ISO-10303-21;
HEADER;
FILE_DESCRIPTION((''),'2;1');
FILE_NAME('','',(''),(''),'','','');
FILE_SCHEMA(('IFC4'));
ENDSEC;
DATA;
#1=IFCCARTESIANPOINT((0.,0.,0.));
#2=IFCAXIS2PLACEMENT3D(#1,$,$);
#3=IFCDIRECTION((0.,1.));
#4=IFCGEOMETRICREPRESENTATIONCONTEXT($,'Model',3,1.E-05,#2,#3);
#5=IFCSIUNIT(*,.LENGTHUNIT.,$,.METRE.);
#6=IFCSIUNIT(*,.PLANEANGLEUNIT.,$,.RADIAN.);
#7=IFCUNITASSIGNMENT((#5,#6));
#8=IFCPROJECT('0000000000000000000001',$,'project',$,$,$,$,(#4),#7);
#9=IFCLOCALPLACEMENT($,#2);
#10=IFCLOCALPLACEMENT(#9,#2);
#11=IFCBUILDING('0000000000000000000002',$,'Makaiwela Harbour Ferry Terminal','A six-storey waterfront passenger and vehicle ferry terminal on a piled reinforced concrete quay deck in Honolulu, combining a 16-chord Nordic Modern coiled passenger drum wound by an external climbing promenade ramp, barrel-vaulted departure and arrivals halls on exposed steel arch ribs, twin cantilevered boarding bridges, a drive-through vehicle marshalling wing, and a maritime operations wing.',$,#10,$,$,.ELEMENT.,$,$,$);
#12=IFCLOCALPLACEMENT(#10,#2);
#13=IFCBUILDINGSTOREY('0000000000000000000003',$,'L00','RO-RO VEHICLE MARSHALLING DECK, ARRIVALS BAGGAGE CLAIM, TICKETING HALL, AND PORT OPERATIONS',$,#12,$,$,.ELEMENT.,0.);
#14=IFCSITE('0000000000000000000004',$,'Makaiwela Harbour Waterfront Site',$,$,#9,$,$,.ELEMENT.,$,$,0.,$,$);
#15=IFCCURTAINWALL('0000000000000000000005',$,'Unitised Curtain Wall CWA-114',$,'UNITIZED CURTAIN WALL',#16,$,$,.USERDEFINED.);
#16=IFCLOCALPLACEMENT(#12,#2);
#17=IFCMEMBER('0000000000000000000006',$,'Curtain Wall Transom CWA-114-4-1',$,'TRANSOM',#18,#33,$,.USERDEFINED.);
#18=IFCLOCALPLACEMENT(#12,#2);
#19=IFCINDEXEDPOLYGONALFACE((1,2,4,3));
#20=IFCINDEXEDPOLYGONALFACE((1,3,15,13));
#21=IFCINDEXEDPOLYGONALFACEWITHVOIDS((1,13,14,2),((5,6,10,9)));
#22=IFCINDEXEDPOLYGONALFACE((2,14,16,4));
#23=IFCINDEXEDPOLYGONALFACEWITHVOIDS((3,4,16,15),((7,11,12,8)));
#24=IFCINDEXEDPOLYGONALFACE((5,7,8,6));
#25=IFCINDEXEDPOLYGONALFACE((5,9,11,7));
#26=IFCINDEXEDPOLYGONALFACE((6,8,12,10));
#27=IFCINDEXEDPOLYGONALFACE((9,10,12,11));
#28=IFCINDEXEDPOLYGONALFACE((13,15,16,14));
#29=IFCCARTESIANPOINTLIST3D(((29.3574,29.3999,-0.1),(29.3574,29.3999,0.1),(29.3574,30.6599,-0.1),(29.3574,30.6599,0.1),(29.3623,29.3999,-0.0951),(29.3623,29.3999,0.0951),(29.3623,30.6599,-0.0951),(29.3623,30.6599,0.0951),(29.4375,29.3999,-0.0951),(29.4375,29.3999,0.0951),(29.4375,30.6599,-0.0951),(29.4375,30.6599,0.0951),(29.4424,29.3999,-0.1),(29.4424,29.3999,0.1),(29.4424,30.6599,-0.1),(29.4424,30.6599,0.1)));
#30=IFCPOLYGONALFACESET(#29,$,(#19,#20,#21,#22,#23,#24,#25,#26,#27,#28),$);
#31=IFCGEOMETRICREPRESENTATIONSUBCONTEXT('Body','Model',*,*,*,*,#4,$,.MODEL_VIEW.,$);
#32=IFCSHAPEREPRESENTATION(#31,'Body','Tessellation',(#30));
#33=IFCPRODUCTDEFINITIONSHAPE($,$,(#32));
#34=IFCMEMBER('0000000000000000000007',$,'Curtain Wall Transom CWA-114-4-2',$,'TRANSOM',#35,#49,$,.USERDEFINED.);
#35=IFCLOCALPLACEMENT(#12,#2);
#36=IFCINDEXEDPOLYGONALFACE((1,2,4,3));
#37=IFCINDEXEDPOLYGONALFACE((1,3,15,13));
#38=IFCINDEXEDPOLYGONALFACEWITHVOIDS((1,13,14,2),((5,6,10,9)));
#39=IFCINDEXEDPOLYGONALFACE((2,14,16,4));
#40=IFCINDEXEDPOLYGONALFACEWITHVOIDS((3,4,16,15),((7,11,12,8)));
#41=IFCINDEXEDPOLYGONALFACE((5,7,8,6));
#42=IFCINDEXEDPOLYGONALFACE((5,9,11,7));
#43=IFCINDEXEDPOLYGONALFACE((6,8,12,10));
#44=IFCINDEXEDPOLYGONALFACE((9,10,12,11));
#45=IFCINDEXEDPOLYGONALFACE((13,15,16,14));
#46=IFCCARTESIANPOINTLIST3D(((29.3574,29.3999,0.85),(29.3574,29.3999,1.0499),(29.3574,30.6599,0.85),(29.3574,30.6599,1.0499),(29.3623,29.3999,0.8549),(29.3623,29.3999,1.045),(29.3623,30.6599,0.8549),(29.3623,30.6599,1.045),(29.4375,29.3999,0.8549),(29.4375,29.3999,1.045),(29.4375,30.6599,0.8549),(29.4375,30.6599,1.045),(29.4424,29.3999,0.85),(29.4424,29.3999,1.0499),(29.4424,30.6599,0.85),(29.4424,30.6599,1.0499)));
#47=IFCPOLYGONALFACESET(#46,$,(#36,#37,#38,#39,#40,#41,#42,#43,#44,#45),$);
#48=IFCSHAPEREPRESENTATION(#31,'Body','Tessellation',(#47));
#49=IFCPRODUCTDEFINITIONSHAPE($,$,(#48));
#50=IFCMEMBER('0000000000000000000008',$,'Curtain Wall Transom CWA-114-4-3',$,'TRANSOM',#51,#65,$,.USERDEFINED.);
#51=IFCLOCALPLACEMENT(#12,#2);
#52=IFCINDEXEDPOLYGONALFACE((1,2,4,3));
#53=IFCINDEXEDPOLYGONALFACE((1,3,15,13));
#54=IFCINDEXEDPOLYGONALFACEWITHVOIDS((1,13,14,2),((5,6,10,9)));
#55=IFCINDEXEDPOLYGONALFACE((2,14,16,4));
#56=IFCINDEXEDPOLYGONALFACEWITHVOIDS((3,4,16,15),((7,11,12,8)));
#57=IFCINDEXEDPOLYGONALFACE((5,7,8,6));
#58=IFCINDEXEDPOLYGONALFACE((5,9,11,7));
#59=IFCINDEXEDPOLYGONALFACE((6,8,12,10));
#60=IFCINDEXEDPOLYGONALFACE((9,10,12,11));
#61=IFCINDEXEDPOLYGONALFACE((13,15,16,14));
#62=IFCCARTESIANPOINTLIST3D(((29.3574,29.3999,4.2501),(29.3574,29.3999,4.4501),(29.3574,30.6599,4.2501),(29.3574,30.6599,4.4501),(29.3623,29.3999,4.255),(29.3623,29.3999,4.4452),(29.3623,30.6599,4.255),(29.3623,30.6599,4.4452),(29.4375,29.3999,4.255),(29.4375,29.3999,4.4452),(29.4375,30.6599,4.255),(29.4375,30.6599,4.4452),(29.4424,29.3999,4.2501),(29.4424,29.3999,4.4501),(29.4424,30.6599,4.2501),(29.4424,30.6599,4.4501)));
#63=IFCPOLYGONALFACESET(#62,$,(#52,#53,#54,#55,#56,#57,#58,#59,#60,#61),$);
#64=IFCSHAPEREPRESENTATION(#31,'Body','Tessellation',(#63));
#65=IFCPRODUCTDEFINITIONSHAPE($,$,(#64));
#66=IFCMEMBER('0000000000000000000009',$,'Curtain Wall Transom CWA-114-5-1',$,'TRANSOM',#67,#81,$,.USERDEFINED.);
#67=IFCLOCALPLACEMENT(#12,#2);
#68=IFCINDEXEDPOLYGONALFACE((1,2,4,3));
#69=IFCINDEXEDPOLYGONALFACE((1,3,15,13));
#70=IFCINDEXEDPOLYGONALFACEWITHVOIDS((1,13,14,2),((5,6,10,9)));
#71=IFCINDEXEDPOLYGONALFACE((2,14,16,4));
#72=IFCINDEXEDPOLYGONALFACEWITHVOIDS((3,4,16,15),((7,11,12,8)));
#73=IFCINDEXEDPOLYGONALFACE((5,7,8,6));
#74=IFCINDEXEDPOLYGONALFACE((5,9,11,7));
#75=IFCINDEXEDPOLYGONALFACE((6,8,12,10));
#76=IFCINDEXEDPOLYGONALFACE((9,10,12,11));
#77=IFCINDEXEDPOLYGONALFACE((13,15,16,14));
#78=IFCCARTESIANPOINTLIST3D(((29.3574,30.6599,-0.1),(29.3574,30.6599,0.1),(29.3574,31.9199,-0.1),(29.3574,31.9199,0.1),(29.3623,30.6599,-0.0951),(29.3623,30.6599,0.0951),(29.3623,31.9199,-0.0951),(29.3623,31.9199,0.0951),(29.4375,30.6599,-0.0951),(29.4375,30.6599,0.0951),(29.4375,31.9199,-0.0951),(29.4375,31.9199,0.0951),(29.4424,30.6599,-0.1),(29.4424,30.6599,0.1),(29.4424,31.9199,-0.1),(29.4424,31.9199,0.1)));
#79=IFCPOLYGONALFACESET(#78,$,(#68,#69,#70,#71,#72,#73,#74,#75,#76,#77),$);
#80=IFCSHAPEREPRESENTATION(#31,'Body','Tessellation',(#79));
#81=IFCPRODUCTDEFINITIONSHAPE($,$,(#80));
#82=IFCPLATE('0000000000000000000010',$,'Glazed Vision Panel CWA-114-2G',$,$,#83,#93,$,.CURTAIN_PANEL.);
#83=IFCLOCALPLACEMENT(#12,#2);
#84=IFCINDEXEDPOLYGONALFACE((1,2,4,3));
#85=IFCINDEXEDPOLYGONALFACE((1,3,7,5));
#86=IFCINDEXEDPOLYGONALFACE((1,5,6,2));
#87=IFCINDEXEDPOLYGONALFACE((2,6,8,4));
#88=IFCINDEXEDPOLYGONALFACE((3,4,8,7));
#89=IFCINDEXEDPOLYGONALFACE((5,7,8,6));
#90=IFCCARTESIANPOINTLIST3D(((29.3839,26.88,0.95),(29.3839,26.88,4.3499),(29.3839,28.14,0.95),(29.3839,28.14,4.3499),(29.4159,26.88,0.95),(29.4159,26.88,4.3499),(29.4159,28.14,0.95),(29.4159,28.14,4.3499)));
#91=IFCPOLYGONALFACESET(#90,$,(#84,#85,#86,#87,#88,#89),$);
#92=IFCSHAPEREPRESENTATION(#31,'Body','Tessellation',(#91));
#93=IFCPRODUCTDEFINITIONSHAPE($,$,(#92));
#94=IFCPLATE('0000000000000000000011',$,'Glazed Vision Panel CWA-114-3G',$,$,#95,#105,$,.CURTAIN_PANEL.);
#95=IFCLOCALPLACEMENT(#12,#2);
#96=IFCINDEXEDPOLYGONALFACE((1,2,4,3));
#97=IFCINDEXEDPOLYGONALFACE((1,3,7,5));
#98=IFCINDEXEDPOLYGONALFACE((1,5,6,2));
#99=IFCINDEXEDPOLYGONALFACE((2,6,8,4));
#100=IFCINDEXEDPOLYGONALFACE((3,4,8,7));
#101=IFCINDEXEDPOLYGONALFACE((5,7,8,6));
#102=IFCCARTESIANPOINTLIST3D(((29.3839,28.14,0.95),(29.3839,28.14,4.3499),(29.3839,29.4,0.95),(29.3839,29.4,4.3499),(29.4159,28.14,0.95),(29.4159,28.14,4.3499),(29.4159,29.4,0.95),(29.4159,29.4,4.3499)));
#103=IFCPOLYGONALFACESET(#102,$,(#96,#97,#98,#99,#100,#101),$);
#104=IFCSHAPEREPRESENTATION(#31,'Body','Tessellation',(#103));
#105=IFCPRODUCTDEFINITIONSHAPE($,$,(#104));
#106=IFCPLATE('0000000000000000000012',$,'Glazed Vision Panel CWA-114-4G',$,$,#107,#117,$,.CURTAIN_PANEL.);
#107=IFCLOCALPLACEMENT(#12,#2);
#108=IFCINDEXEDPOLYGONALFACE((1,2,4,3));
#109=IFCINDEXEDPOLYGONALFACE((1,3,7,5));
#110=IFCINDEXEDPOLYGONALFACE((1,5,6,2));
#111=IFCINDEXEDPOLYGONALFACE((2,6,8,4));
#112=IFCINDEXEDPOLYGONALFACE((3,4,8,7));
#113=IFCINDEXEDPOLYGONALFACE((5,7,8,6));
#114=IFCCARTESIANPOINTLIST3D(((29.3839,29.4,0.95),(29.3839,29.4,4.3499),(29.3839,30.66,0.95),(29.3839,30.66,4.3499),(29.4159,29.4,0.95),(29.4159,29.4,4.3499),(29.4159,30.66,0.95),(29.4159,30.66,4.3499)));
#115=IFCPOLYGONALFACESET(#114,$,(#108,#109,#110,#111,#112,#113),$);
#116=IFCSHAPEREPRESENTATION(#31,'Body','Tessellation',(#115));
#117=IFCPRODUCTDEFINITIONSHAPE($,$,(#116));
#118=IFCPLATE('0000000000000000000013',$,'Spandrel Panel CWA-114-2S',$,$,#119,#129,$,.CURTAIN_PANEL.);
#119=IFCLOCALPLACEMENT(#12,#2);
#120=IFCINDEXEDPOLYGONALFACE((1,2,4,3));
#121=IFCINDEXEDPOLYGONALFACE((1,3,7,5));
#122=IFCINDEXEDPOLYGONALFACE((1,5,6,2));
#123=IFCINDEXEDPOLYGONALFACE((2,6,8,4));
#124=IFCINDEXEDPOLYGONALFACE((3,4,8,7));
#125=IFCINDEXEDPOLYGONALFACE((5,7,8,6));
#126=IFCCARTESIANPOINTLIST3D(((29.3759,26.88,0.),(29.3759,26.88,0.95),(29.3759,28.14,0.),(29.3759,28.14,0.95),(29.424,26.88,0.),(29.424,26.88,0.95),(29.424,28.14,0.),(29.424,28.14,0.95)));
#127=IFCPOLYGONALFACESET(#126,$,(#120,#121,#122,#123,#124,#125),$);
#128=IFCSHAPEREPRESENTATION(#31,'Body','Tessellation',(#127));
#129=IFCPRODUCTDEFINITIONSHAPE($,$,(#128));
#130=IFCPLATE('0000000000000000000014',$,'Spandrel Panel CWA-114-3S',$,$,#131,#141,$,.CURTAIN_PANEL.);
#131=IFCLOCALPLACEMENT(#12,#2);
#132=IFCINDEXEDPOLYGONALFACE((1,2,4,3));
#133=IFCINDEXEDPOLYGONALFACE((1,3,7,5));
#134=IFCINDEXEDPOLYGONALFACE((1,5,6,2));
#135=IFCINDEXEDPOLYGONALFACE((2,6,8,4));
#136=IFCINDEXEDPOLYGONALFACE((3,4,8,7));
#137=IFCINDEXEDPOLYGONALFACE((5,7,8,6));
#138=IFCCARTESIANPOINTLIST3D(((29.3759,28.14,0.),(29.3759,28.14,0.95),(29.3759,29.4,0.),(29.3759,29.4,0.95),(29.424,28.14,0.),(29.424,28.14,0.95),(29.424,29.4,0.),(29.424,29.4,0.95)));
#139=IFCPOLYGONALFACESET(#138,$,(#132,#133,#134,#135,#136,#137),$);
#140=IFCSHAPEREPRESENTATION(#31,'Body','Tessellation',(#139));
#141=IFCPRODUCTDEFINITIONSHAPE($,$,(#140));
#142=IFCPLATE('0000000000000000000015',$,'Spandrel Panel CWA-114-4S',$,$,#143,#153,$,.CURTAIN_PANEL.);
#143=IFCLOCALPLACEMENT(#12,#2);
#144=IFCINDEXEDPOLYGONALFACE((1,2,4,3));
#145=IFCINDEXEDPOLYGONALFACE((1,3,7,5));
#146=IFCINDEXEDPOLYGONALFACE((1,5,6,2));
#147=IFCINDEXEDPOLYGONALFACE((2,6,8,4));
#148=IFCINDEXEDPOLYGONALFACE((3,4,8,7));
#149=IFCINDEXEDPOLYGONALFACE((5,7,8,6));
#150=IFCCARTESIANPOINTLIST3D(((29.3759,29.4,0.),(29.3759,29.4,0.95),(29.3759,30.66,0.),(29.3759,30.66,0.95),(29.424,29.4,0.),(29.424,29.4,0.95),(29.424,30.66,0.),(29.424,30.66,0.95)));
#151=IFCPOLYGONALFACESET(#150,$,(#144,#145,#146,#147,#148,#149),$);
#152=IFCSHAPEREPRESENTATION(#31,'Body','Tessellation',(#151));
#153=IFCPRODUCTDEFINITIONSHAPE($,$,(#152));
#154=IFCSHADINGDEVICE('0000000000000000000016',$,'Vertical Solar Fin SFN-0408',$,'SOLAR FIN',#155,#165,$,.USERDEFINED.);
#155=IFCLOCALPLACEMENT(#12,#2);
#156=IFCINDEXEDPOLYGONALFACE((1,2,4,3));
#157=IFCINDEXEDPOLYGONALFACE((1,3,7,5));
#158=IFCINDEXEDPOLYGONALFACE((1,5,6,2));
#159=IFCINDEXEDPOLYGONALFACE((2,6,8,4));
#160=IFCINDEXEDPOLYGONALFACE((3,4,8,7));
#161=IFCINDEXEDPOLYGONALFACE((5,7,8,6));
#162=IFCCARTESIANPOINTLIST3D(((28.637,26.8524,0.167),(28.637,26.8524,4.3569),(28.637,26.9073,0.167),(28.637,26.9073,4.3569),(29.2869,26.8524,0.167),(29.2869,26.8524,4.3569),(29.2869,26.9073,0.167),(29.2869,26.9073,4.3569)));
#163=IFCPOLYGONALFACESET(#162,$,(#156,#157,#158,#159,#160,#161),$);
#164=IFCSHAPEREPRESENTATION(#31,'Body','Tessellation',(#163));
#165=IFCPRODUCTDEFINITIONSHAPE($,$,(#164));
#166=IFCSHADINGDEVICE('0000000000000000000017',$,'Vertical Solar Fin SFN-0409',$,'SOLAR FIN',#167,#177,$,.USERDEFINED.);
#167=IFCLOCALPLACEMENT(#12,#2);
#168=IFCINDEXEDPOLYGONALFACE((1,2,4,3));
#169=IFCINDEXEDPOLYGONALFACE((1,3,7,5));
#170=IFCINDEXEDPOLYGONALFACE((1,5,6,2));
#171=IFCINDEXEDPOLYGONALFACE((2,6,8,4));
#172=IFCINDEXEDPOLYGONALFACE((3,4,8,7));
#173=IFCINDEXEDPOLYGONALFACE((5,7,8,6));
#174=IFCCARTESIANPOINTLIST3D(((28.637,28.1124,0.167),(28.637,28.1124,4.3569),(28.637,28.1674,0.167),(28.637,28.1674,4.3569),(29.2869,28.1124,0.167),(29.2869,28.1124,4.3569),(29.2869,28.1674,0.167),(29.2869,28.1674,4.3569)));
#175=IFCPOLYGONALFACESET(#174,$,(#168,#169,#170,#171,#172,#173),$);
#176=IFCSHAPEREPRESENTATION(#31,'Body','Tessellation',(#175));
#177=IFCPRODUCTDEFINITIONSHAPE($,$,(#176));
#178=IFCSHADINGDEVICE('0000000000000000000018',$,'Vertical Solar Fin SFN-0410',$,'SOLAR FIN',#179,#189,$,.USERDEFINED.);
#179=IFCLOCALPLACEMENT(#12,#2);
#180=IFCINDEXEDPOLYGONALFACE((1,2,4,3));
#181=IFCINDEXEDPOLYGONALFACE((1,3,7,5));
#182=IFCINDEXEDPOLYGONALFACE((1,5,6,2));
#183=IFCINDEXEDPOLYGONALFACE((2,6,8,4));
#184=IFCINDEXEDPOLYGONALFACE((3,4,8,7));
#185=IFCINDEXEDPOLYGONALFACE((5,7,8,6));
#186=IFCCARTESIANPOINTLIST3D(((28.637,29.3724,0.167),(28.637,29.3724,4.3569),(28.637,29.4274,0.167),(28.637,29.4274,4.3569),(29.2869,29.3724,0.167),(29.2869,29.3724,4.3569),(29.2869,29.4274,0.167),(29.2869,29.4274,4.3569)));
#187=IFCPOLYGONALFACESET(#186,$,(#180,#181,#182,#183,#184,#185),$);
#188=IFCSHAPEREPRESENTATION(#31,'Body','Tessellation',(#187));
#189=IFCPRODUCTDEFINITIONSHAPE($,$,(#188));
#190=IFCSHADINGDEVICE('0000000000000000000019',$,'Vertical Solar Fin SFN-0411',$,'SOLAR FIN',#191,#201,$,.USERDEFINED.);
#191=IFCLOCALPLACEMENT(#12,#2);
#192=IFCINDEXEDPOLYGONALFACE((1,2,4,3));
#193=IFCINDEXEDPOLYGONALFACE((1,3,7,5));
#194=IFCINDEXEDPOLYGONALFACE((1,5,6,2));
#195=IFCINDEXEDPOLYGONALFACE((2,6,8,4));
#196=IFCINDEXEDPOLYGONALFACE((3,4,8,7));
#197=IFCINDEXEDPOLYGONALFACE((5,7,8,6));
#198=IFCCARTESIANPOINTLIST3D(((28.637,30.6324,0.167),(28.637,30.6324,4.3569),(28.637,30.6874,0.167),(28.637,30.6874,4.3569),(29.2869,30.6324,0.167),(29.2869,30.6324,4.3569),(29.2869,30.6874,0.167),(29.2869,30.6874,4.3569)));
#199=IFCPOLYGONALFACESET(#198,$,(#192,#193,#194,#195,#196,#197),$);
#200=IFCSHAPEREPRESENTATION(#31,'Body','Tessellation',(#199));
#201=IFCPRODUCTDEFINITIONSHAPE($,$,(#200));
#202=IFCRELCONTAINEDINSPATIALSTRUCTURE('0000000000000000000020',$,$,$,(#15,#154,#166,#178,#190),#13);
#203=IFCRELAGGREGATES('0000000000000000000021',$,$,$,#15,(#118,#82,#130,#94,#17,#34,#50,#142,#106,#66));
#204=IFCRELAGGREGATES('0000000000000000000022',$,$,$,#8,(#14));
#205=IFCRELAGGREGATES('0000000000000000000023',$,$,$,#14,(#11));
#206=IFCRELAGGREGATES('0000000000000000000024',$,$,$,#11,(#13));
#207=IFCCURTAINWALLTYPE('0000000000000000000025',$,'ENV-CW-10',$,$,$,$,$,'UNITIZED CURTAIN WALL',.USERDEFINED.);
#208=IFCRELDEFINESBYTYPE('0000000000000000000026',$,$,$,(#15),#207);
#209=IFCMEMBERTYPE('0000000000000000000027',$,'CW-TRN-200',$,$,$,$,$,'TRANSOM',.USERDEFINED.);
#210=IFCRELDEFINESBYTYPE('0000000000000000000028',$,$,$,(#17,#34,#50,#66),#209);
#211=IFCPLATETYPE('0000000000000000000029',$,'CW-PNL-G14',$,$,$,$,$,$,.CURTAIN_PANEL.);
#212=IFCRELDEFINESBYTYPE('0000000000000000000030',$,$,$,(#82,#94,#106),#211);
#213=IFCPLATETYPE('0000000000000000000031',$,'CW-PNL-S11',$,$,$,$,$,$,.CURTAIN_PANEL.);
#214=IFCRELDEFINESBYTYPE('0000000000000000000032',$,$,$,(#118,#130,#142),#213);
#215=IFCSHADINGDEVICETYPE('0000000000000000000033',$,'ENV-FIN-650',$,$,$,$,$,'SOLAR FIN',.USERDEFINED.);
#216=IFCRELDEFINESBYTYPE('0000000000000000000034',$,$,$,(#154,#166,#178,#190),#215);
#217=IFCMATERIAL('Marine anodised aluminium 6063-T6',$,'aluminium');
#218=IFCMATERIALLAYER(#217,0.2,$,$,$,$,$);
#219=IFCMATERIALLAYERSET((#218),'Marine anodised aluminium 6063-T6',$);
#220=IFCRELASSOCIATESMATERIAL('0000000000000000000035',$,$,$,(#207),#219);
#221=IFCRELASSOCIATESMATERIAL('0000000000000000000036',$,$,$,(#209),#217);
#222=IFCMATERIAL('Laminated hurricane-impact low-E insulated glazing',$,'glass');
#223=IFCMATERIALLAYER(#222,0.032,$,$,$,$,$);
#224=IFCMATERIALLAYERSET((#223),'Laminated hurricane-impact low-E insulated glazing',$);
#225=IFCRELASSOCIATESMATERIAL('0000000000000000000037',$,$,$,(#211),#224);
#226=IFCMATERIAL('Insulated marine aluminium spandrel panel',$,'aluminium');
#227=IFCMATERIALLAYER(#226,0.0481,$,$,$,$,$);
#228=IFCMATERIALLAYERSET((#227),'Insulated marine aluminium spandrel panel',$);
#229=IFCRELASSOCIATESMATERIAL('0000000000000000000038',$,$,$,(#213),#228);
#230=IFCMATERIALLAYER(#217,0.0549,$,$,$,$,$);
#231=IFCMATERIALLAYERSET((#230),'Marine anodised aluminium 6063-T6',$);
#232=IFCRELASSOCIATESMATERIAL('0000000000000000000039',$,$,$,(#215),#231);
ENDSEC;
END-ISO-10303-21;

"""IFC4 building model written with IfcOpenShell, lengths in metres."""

from ifc_helpers import new_model, si_unit, direction, frame, origin, origin_2d, place, context, subcontext, project, spatial, rectangle, hollow_rectangle, extrude, material, layer, layer_set, material_profile, profile_set, type_object, element, aggregate, save


model = new_model("IFC4")

# Units and contexts
model_context = context("Model", 3, precision=1e-05, world=origin(), true_north=direction((0.0, 1.0)))
body_context = subcontext(model_context, "Body", "Model", "MODEL_VIEW")
ifc_project = project(units=[si_unit("LENGTHUNIT", "METRE"), si_unit("PLANEANGLEUNIT", "RADIAN")], contexts=[model_context])

# Site, building, storey
site_placement = place(None, origin())
site = spatial("IfcSite", under=ifc_project, at=site_placement, Name="Makaiwela Harbour Waterfront Site", CompositionType="ELEMENT", RefElevation=0.0)
building_placement = place(site_placement, origin())
building = spatial("IfcBuilding", under=site, at=building_placement, Name="Makaiwela Harbour Ferry Terminal", Description="A six-storey waterfront passenger and vehicle ferry terminal on a piled reinforced concrete quay deck in Honolulu, combining a 16-chord Nordic Modern coiled passenger drum wound by an external climbing promenade ramp, barrel-vaulted departure and arrivals halls on exposed steel arch ribs, twin cantilevered boarding bridges, a drive-through vehicle marshalling wing, and a maritime operations wing.", CompositionType="ELEMENT")
storey_placement = place(building_placement, origin())
storey = spatial("IfcBuildingStorey", under=building, at=storey_placement, Name="L00", Description="RO-RO VEHICLE MARSHALLING DECK, ARRIVALS BAGGAGE CLAIM, TICKETING HALL, AND PORT OPERATIONS", CompositionType="ELEMENT", Elevation=0.0)

# Curtain wall, members, plates
ifc_material_1 = material(Name="Marine anodised aluminium 6063-T6", Category="aluminium")
ifc_layer_1 = layer(ifc_material_1, 0.2)
ifc_layer_set_1 = layer_set([ifc_layer_1], Name="Marine anodised aluminium 6063-T6")
curtain_wall_type = type_object("IfcCurtainWallType", Name="ENV-CW-10", ElementType="UNITIZED CURTAIN WALL", PredefinedType="USERDEFINED", material=ifc_layer_set_1)
curtain_wall_placement = place(storey_placement, origin())
curtain_wall = element("IfcCurtainWall", 1, at=curtain_wall_placement, inside=storey, type_object=curtain_wall_type, Name="Unitised Curtain Wall CWA-114", ObjectType="UNITIZED CURTAIN WALL", PredefinedType="USERDEFINED")
ifc_material_profile_1 = material_profile(ifc_material_1, hollow_rectangle(XDim=0.085, YDim=0.2, WallThickness=0.0049, at=origin_2d()), Name="CWT-200X85")
ifc_profile_set_1 = profile_set([ifc_material_profile_1], Name="Marine anodised aluminium 6063-T6")
member_type_1 = type_object("IfcMemberType", Name="CW-TRN-200", ElementType="TRANSOM", PredefinedType="USERDEFINED", material=ifc_profile_set_1)
member_1_placement = place(storey_placement, frame((29.3999, 29.3999, 0.0), z_axis=(0.0, 1.0, 0.0), x_axis=(-1.0, 0.0, 0.0)))
member_1 = element("IfcMember", 2, at=member_1_placement, type_object=member_type_1, Name="Curtain Wall Transom CWA-114-4-1", ObjectType="TRANSOM", PredefinedType="USERDEFINED", context=body_context, shape_type="SweptSolid", body=[
    extrude(hollow_rectangle(XDim=0.085, YDim=0.2, WallThickness=0.0049, at=origin_2d()), origin(), (0.0, 0.0, 1.0), 1.26),
])
member_2_placement = place(storey_placement, frame((29.3999, 29.3999, 0.95), z_axis=(0.0, 1.0, 0.0), x_axis=(-1.0, 0.0, 0.0)))
member_2 = element("IfcMember", 3, at=member_2_placement, type_object=member_type_1, Name="Curtain Wall Transom CWA-114-4-2", ObjectType="TRANSOM", PredefinedType="USERDEFINED", context=body_context, shape_type="SweptSolid", body=[
    extrude(hollow_rectangle(XDim=0.085, YDim=0.2, WallThickness=0.0049, at=origin_2d()), origin(), (0.0, 0.0, 1.0), 1.26),
])
member_3_placement = place(storey_placement, frame((29.3999, 29.3999, 4.3501), z_axis=(0.0, 1.0, 0.0), x_axis=(-1.0, 0.0, 0.0)))
member_3 = element("IfcMember", 4, at=member_3_placement, type_object=member_type_1, Name="Curtain Wall Transom CWA-114-4-3", ObjectType="TRANSOM", PredefinedType="USERDEFINED", context=body_context, shape_type="SweptSolid", body=[
    extrude(hollow_rectangle(XDim=0.085, YDim=0.2, WallThickness=0.0049, at=origin_2d()), origin(), (0.0, 0.0, 1.0), 1.26),
])
member_4_placement = place(storey_placement, frame((29.3999, 30.6599, 0.0), z_axis=(0.0, 1.0, 0.0), x_axis=(-1.0, 0.0, 0.0)))
member_4 = element("IfcMember", 5, at=member_4_placement, type_object=member_type_1, Name="Curtain Wall Transom CWA-114-5-1", ObjectType="TRANSOM", PredefinedType="USERDEFINED", context=body_context, shape_type="SweptSolid", body=[
    extrude(hollow_rectangle(XDim=0.085, YDim=0.2, WallThickness=0.0049, at=origin_2d()), origin(), (0.0, 0.0, 1.0), 1.26),
])
ifc_material_2 = material(Name="Laminated hurricane-impact low-E insulated glazing", Category="glass")
ifc_layer_2 = layer(ifc_material_2, 0.032)
ifc_layer_set_2 = layer_set([ifc_layer_2], Name="Laminated hurricane-impact low-E insulated glazing")
plate_type_1 = type_object("IfcPlateType", Name="CW-PNL-G14", PredefinedType="CURTAIN_PANEL", material=ifc_layer_set_2)
plate_1_placement = place(storey_placement, frame((29.3999, 27.51, 0.95), z_axis=(0.0, 0.0, 1.0), x_axis=(0.0, 1.0, 0.0)))
plate_1 = element("IfcPlate", 6, at=plate_1_placement, type_object=plate_type_1, Name="Glazed Vision Panel CWA-114-2G", PredefinedType="CURTAIN_PANEL", context=body_context, shape_type="SweptSolid", body=[
    extrude(rectangle(XDim=1.26, YDim=0.032, at=origin_2d()), origin(), (0.0, 0.0, 1.0), 3.3999),
])
plate_2_placement = place(storey_placement, frame((29.3999, 28.77, 0.95), z_axis=(0.0, 0.0, 1.0), x_axis=(0.0, 1.0, 0.0)))
plate_2 = element("IfcPlate", 7, at=plate_2_placement, type_object=plate_type_1, Name="Glazed Vision Panel CWA-114-3G", PredefinedType="CURTAIN_PANEL", context=body_context, shape_type="SweptSolid", body=[
    extrude(rectangle(XDim=1.26, YDim=0.032, at=origin_2d()), origin(), (0.0, 0.0, 1.0), 3.3999),
])
plate_3_placement = place(storey_placement, frame((29.3999, 30.03, 0.95), z_axis=(0.0, 0.0, 1.0), x_axis=(0.0, 1.0, 0.0)))
plate_3 = element("IfcPlate", 8, at=plate_3_placement, type_object=plate_type_1, Name="Glazed Vision Panel CWA-114-4G", PredefinedType="CURTAIN_PANEL", context=body_context, shape_type="SweptSolid", body=[
    extrude(rectangle(XDim=1.26, YDim=0.032, at=origin_2d()), origin(), (0.0, 0.0, 1.0), 3.3999),
])
ifc_material_3 = material(Name="Insulated marine aluminium spandrel panel", Category="aluminium")
ifc_layer_3 = layer(ifc_material_3, 0.0481)
ifc_layer_set_3 = layer_set([ifc_layer_3], Name="Insulated marine aluminium spandrel panel")
plate_type_2 = type_object("IfcPlateType", Name="CW-PNL-S11", PredefinedType="CURTAIN_PANEL", material=ifc_layer_set_3)
plate_4_placement = place(storey_placement, frame((29.3999, 27.51, 0.0), z_axis=(0.0, 0.0, 1.0), x_axis=(0.0, 1.0, 0.0)))
plate_4 = element("IfcPlate", 9, at=plate_4_placement, type_object=plate_type_2, Name="Spandrel Panel CWA-114-2S", PredefinedType="CURTAIN_PANEL", context=body_context, shape_type="SweptSolid", body=[
    extrude(rectangle(XDim=1.26, YDim=0.0481, at=origin_2d()), origin(), (0.0, 0.0, 1.0), 0.95),
])
plate_5_placement = place(storey_placement, frame((29.3999, 28.77, 0.0), z_axis=(0.0, 0.0, 1.0), x_axis=(0.0, 1.0, 0.0)))
plate_5 = element("IfcPlate", 10, at=plate_5_placement, type_object=plate_type_2, Name="Spandrel Panel CWA-114-3S", PredefinedType="CURTAIN_PANEL", context=body_context, shape_type="SweptSolid", body=[
    extrude(rectangle(XDim=1.26, YDim=0.0481, at=origin_2d()), origin(), (0.0, 0.0, 1.0), 0.95),
])
plate_6_placement = place(storey_placement, frame((29.3999, 30.03, 0.0), z_axis=(0.0, 0.0, 1.0), x_axis=(0.0, 1.0, 0.0)))
plate_6 = element("IfcPlate", 11, at=plate_6_placement, type_object=plate_type_2, Name="Spandrel Panel CWA-114-4S", PredefinedType="CURTAIN_PANEL", context=body_context, shape_type="SweptSolid", body=[
    extrude(rectangle(XDim=1.26, YDim=0.0481, at=origin_2d()), origin(), (0.0, 0.0, 1.0), 0.95),
])
aggregate(curtain_wall, [plate_4, plate_1, plate_5, plate_2, member_1, member_2, member_3, plate_6, plate_3, member_4])

# Shading devices
ifc_layer_4 = layer(ifc_material_1, 0.0549)
ifc_layer_set_4 = layer_set([ifc_layer_4], Name="Marine anodised aluminium 6063-T6")
shading_device_type = type_object("IfcShadingDeviceType", Name="ENV-FIN-650", ElementType="SOLAR FIN", PredefinedType="USERDEFINED", material=ifc_layer_set_4)
for number, where, z_axis, x_axis, name in (
    (12, (28.9619, 26.8799, 0.167), (0.0, 0.0, 1.0), (-1.0, 0.0, 0.0), "Vertical Solar Fin SFN-0408"),
    (13, (28.9619, 28.1399, 0.167), (0.0, 0.0, 1.0), (-1.0, 0.0, 0.0), "Vertical Solar Fin SFN-0409"),
    (14, (28.9619, 29.3999, 0.167), (0.0, 0.0, 1.0), (-1.0, 0.0, 0.0), "Vertical Solar Fin SFN-0410"),
    (15, (28.9619, 30.6599, 0.167), (0.0, 0.0, 1.0), (-1.0, 0.0, 0.0), "Vertical Solar Fin SFN-0411"),
):
    element("IfcShadingDevice", number, at=place(storey_placement, frame(where, z_axis=z_axis, x_axis=x_axis)), inside=storey, type_object=shading_device_type, Name=name, ObjectType="SOLAR FIN", PredefinedType="USERDEFINED", context=body_context, shape_type="SweptSolid", body=[
        extrude(rectangle(XDim=0.6499, YDim=0.0549, at=origin_2d()), origin(), (0.0, 0.0, 1.0), 4.1899),
    ])

save(model, "model.ifc")
